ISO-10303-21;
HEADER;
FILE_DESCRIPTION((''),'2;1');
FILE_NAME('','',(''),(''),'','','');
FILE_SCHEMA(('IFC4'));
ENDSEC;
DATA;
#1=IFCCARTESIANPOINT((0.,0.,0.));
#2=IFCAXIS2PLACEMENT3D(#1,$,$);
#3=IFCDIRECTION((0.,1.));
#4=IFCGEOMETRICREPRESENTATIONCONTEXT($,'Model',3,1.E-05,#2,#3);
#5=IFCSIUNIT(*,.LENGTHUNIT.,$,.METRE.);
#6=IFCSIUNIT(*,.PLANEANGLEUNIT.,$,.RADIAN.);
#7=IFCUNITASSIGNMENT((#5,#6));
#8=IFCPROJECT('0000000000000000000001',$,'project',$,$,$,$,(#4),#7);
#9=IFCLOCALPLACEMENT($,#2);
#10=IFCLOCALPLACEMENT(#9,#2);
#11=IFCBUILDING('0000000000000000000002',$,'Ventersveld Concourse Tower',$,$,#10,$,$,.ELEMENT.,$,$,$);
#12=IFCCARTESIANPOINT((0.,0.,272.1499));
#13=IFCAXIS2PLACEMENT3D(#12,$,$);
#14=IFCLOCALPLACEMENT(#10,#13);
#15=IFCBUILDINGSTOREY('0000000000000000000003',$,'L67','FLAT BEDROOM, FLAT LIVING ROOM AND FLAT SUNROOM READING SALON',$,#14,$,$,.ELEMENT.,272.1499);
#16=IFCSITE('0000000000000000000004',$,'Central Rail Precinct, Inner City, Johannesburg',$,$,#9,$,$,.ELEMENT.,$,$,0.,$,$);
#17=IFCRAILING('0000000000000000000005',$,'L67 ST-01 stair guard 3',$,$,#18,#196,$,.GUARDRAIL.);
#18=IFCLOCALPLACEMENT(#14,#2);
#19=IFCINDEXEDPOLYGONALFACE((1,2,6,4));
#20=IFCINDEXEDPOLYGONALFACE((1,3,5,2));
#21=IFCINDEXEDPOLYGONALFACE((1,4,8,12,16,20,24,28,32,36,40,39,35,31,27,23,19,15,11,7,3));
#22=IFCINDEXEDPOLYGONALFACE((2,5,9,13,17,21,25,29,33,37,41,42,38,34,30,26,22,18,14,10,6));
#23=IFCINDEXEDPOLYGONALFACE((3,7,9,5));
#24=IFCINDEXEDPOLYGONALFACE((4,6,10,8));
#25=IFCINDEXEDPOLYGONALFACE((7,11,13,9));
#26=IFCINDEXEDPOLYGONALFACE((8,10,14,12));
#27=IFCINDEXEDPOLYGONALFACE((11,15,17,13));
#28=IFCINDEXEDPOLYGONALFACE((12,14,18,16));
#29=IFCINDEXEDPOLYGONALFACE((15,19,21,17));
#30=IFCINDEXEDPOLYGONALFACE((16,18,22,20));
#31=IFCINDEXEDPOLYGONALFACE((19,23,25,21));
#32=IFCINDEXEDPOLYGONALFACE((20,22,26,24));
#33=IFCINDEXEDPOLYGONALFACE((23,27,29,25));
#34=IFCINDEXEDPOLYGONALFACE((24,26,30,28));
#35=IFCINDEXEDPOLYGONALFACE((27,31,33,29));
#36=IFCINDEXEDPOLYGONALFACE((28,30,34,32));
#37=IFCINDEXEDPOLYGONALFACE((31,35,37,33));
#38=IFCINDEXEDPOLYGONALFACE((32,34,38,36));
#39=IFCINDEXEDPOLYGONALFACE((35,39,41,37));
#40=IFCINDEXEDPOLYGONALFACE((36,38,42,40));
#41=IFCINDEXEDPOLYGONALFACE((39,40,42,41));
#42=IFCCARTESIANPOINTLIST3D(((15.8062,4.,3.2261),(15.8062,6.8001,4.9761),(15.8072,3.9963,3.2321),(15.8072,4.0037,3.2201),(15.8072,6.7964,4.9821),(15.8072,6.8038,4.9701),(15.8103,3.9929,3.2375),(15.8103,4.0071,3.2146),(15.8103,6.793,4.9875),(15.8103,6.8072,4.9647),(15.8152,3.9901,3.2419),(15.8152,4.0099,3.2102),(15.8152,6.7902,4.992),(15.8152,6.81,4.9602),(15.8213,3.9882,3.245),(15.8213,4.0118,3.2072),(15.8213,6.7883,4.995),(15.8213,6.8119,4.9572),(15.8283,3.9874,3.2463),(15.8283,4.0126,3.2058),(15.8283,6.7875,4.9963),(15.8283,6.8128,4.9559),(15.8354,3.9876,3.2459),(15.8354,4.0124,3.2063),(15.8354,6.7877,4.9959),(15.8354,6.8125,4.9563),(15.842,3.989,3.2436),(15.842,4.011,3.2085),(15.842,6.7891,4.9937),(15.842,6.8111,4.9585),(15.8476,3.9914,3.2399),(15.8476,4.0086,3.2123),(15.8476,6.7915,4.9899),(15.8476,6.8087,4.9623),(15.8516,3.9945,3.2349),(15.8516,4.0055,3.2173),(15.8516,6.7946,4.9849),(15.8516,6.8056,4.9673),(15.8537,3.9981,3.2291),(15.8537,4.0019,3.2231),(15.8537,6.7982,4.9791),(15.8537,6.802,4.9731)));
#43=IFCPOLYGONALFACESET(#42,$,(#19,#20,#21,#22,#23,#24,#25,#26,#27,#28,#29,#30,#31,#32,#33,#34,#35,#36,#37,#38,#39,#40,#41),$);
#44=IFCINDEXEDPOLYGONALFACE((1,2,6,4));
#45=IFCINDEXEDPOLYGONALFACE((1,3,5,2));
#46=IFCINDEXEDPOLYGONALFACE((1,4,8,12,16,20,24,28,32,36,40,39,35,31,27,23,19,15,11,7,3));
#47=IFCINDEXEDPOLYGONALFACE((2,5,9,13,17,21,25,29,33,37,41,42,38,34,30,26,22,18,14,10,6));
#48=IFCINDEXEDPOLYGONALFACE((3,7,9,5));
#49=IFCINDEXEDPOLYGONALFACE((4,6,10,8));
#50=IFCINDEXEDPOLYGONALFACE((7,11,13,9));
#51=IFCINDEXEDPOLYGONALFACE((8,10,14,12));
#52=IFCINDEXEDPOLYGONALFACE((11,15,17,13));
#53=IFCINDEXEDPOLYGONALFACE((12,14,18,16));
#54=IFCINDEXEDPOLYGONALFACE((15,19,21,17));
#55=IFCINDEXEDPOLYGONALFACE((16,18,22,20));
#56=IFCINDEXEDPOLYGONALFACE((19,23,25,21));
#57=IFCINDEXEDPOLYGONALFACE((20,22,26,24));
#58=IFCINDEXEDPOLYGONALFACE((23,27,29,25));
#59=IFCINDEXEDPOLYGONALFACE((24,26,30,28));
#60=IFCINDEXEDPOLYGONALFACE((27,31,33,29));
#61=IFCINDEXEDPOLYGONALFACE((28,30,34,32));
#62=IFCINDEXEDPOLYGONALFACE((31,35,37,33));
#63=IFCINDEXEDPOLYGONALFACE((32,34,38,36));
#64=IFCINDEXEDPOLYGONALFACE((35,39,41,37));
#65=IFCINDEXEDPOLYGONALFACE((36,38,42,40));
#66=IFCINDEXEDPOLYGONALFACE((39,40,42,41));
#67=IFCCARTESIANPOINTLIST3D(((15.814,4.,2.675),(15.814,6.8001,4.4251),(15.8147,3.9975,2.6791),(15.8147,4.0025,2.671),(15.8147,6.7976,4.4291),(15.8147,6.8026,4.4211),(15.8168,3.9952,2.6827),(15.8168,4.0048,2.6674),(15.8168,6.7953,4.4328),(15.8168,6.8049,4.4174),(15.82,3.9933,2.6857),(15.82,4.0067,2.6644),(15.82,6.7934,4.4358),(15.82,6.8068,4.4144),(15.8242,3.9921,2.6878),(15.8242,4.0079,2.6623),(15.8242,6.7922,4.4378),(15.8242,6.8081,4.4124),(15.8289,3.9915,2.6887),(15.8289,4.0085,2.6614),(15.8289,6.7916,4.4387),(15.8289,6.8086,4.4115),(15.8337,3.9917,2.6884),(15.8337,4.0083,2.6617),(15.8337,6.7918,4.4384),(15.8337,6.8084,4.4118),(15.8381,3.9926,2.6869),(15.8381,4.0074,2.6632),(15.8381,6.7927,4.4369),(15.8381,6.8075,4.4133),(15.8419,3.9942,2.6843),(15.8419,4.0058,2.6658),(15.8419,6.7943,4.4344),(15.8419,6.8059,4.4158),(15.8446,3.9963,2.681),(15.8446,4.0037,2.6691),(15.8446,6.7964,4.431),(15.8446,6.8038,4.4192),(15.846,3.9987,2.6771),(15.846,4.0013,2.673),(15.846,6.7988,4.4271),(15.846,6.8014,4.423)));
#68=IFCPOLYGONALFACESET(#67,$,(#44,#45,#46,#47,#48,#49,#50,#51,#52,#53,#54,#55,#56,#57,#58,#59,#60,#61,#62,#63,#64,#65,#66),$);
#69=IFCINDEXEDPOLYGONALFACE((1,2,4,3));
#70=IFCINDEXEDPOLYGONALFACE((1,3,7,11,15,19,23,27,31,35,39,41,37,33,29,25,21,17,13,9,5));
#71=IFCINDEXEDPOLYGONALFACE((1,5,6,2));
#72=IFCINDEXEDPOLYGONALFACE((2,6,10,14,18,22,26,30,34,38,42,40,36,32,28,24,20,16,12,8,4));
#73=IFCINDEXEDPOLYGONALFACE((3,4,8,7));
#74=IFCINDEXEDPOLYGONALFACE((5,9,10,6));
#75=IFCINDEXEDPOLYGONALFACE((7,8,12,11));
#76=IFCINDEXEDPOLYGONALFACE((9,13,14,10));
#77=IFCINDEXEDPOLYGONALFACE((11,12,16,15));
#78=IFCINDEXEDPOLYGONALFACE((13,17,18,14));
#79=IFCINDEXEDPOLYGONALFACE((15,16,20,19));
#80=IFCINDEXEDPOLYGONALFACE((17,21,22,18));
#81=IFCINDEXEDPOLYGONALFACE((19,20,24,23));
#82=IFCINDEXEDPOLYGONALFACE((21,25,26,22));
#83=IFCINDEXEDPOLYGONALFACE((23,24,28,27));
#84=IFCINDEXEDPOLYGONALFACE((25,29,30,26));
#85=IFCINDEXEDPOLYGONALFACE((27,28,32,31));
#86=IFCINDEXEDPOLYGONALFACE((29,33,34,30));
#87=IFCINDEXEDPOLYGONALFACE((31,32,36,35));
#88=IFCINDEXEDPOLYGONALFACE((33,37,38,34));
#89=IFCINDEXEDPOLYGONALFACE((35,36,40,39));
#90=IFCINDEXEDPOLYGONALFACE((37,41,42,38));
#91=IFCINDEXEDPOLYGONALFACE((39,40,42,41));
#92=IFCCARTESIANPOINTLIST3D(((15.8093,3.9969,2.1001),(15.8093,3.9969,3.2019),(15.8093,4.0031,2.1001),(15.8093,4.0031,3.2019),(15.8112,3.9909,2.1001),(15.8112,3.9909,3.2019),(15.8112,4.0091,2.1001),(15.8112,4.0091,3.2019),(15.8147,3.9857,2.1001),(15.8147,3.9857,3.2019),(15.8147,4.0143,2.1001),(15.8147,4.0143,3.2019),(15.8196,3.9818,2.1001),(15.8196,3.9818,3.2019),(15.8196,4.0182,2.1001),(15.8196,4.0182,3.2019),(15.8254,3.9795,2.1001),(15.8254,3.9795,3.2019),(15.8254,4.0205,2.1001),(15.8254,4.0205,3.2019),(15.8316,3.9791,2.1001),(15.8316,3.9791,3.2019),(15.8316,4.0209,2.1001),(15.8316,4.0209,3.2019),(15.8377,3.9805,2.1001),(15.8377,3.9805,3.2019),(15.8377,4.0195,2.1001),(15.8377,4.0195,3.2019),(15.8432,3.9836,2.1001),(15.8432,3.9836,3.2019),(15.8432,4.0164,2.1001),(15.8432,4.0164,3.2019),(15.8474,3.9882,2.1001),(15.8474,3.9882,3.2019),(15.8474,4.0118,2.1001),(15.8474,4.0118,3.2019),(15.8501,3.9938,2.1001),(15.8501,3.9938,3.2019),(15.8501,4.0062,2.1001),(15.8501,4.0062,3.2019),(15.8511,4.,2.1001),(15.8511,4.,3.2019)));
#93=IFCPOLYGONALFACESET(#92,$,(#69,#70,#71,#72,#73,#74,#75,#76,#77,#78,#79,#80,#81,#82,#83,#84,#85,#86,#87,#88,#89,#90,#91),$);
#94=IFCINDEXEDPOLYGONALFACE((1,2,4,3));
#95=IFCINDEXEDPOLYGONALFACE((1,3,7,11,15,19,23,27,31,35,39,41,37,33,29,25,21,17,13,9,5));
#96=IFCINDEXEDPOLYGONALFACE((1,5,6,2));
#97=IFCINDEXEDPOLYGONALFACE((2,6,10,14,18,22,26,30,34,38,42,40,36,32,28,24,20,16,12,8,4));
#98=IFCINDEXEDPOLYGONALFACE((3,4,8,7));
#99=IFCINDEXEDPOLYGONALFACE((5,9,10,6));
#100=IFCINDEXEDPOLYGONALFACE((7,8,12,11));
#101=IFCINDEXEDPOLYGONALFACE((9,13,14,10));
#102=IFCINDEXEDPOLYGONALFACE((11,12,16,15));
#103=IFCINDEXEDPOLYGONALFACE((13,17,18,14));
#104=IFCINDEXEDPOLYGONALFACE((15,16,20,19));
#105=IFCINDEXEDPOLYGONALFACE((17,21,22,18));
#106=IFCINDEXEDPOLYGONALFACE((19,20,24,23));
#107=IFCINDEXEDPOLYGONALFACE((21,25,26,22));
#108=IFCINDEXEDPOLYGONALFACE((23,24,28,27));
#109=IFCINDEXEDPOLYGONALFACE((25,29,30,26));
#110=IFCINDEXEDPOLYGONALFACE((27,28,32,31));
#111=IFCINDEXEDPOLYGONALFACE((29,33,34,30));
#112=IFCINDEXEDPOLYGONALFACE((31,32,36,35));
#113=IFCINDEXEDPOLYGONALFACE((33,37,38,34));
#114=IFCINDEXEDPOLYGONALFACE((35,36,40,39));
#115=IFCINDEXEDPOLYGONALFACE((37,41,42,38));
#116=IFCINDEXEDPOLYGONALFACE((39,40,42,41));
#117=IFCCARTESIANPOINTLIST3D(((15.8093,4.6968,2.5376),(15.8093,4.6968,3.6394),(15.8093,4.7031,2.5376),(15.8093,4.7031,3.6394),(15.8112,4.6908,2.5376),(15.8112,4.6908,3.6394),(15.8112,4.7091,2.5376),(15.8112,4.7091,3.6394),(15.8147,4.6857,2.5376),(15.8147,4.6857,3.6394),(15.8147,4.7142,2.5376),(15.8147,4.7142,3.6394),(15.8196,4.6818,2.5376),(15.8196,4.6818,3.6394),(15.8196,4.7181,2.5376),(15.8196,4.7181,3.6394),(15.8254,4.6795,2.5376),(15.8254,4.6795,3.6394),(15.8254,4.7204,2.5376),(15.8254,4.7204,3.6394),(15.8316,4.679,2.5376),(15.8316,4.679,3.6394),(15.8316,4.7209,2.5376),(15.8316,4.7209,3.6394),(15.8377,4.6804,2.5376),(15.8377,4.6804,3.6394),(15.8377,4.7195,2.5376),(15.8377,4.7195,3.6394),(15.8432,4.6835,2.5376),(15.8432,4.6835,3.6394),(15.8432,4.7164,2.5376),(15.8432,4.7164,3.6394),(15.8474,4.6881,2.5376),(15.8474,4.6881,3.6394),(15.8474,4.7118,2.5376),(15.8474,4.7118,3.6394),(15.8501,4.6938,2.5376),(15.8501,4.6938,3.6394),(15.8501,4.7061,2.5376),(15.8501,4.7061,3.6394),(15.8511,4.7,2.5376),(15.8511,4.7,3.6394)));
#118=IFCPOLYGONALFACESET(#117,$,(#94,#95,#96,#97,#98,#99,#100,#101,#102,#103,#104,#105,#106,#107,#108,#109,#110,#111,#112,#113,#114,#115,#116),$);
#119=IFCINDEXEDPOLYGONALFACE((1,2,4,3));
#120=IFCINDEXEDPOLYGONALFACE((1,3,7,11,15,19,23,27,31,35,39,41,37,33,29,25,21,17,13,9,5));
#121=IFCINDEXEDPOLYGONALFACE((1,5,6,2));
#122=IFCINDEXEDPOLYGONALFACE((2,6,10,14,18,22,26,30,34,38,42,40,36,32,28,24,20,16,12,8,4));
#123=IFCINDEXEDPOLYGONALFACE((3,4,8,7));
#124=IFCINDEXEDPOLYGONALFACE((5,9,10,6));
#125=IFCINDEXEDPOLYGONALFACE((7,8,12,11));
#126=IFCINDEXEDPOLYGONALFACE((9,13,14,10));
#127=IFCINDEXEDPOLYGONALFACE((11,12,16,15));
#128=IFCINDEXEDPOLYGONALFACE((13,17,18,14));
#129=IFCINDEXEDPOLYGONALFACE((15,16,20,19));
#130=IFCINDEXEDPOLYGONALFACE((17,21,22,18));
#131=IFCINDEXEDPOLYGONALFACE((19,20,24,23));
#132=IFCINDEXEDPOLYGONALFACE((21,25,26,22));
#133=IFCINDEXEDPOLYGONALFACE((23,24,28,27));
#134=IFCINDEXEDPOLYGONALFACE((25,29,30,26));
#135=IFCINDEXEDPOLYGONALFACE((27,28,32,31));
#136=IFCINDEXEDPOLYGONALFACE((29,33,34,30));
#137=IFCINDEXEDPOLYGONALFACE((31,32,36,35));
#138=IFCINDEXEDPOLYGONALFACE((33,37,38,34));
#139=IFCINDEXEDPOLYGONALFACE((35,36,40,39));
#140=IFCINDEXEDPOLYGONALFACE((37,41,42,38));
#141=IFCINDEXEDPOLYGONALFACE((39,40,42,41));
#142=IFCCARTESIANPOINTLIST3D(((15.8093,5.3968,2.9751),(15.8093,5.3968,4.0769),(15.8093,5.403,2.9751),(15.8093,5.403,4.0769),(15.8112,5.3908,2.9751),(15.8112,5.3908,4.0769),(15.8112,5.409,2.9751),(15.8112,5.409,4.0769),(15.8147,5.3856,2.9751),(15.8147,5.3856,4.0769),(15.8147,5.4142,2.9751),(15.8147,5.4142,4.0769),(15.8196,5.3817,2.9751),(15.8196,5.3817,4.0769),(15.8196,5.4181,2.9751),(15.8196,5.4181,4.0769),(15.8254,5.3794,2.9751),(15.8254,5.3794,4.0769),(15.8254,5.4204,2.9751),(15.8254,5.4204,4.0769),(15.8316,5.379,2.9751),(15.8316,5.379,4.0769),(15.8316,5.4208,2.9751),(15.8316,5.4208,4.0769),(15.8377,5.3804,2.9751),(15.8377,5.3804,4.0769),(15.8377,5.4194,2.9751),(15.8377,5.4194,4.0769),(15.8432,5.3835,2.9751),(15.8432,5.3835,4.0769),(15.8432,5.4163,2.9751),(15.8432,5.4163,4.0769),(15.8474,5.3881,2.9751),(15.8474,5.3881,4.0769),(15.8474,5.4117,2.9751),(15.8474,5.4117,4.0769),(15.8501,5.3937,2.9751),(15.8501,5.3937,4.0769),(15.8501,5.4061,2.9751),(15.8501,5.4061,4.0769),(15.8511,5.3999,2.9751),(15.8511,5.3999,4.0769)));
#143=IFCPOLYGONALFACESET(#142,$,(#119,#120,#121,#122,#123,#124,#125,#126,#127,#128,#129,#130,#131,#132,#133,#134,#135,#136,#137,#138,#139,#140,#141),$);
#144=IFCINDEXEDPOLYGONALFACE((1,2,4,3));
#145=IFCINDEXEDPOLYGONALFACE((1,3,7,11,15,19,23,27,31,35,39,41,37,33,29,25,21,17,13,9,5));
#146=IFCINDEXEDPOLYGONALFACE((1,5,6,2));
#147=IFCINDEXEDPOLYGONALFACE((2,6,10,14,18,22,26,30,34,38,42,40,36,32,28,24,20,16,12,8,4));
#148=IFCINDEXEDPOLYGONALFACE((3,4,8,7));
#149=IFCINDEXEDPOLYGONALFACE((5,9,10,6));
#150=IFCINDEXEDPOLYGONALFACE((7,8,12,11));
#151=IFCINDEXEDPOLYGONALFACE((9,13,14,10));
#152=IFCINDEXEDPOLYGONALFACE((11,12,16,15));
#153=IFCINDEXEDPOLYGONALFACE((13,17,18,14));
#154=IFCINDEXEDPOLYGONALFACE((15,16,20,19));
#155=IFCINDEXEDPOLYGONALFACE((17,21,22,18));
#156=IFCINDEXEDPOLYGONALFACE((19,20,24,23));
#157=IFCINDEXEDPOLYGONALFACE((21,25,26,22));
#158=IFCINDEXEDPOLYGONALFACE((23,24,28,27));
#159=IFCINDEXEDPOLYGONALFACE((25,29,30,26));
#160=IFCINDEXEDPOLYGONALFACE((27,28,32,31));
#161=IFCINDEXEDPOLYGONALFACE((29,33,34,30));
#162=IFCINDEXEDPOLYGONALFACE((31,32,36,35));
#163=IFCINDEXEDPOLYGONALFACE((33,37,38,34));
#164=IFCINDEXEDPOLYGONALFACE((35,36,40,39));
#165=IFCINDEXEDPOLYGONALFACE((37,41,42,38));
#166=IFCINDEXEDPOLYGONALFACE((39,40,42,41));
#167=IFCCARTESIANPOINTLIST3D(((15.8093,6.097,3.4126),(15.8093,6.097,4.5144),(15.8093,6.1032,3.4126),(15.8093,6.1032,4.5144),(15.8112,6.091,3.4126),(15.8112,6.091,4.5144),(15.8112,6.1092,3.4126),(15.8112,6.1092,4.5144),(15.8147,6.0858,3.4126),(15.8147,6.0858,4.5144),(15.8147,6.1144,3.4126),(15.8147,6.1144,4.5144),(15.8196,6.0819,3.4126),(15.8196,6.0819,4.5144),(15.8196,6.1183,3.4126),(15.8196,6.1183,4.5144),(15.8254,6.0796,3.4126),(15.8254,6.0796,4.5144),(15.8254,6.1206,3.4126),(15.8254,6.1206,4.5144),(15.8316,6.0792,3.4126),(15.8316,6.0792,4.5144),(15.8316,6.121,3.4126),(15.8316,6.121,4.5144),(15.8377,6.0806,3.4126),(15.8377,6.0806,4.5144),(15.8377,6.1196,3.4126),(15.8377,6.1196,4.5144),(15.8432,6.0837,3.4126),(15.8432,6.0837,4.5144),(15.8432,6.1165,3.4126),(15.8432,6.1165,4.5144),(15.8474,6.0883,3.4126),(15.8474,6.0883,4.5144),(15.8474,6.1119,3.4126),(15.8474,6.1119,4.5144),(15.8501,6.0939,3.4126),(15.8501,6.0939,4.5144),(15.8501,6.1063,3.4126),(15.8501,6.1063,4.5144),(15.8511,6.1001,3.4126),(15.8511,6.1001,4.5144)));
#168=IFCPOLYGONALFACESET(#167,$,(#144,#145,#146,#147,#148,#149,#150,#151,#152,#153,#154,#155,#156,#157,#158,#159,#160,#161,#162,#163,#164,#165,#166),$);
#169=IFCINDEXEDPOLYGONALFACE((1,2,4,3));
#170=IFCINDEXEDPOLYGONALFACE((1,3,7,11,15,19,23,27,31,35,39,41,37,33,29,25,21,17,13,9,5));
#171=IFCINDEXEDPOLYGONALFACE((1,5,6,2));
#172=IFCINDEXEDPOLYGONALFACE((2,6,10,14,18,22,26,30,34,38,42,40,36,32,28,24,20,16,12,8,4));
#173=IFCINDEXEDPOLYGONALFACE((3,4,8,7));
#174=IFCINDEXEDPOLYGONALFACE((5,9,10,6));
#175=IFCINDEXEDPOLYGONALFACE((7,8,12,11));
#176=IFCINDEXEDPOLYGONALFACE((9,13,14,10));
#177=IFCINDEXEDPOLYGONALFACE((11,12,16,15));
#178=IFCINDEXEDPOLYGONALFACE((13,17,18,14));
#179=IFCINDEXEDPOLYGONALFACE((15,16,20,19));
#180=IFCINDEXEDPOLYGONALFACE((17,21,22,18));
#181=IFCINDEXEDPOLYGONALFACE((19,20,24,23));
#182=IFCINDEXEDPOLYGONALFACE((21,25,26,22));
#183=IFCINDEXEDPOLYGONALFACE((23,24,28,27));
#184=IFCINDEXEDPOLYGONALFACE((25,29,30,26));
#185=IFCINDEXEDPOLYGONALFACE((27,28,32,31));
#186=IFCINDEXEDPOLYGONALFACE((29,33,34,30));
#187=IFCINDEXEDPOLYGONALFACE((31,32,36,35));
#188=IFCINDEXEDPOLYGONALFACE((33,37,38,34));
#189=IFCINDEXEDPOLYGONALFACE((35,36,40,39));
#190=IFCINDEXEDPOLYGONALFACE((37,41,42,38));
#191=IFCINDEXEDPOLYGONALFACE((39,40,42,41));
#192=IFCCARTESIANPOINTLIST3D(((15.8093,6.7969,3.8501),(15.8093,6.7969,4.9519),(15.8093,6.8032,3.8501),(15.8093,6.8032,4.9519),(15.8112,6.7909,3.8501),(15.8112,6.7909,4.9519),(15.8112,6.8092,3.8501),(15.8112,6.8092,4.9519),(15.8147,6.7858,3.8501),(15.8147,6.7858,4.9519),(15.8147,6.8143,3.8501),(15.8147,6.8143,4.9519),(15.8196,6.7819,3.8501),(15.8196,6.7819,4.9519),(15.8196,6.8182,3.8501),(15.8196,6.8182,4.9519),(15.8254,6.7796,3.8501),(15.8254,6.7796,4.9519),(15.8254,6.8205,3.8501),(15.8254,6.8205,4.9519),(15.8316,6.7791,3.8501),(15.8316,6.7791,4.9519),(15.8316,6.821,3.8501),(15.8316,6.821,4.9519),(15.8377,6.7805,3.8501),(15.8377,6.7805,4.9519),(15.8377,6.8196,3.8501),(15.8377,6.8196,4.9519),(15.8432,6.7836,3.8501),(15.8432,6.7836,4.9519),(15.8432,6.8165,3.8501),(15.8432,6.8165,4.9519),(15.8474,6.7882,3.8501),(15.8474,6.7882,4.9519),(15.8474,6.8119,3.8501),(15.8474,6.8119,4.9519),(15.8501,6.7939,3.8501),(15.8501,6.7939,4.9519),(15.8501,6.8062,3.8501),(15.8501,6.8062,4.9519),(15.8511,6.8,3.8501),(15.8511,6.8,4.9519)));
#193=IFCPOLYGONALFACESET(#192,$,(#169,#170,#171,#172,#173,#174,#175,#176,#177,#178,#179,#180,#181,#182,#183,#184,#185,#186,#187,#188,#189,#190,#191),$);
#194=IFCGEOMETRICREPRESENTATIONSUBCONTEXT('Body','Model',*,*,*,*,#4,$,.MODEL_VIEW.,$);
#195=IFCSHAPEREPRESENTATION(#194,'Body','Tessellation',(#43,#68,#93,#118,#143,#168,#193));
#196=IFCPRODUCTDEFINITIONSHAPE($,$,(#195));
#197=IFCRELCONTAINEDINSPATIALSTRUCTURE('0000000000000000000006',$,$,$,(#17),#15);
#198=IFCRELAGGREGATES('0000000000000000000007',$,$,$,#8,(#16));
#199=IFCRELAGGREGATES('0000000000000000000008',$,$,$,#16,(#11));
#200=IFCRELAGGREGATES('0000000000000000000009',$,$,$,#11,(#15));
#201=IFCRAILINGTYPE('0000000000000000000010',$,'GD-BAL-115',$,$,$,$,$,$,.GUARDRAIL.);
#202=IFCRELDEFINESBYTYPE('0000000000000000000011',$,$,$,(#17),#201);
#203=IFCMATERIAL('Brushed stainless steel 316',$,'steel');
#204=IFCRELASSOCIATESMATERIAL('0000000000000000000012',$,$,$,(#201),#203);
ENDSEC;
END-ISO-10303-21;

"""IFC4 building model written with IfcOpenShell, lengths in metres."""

from ifc_helpers import new_model, si_unit, direction, frame, origin, origin_2d, place, context, subcontext, project, spatial, circle, extrude, material, type_object, element, save


model = new_model("IFC4")

# Units and contexts
model_context = context("Model", 3, precision=1e-05, world=origin(), true_north=direction((0.0, 1.0)))
body_context = subcontext(model_context, "Body", "Model", "MODEL_VIEW")
ifc_project = project(units=[si_unit("LENGTHUNIT", "METRE"), si_unit("PLANEANGLEUNIT", "RADIAN")], contexts=[model_context])

# Site, building, storey
site_placement = place(None, origin())
site = spatial("IfcSite", under=ifc_project, at=site_placement, Name="Central Rail Precinct, Inner City, Johannesburg", CompositionType="ELEMENT", RefElevation=0.0)
building_placement = place(site_placement, origin())
building = spatial("IfcBuilding", under=site, at=building_placement, Name="Ventersveld Concourse Tower", CompositionType="ELEMENT")
storey_placement = place(building_placement, frame((0.0, 0.0, 272.1499)))
storey = spatial("IfcBuildingStorey", under=building, at=storey_placement, Name="L67", Description="FLAT BEDROOM, FLAT LIVING ROOM AND FLAT SUNROOM READING SALON", CompositionType="ELEMENT", Elevation=272.1499)

# Railing
ifc_material_1 = material(Name="Brushed stainless steel 316", Category="steel")
railing_type_1 = type_object("IfcRailingType", Name="GD-BAL-115", PredefinedType="GUARDRAIL", material=ifc_material_1)
railing_1_placement = place(storey_placement, frame((15.8301, 4.0, 2.1001)))
element("IfcRailing", 1, at=railing_1_placement, inside=storey, type_object=railing_type_1, Name="L67 ST-01 stair guard 3", PredefinedType="GUARDRAIL", context=body_context, shape_type="SweptSolid", body=[
    extrude(circle(Radius=0.0239, at=origin_2d()), frame((0.0, 0.0, 1.126), z_axis=(0.0, 0.848002, 0.529992), x_axis=(-1.0, 0.0, 0.0)), (0.0, 0.0, 1.0), 3.302),
    extrude(circle(Radius=0.0161, at=origin_2d()), frame((0.0, 0.0, 0.575), z_axis=(0.0, 0.848002, 0.529992), x_axis=(-1.0, 0.0, 0.0)), (0.0, 0.0, 1.0), 3.302),
    extrude(circle(Radius=0.021, at=origin_2d()), origin(), (0.0, 0.0, 1.0), 1.1018),
    extrude(circle(Radius=0.021, at=origin_2d()), frame((0.0, 0.7, 0.4375)), (0.0, 0.0, 1.0), 1.1018),
    extrude(circle(Radius=0.021, at=origin_2d()), frame((0.0, 1.3999, 0.875)), (0.0, 0.0, 1.0), 1.1018),
    extrude(circle(Radius=0.021, at=origin_2d()), frame((0.0, 2.1001, 1.3125)), (0.0, 0.0, 1.0), 1.1018),
    extrude(circle(Radius=0.021, at=origin_2d()), frame((0.0, 2.8, 1.75)), (0.0, 0.0, 1.0), 1.1018),
])

save(model, "model.ifc")
